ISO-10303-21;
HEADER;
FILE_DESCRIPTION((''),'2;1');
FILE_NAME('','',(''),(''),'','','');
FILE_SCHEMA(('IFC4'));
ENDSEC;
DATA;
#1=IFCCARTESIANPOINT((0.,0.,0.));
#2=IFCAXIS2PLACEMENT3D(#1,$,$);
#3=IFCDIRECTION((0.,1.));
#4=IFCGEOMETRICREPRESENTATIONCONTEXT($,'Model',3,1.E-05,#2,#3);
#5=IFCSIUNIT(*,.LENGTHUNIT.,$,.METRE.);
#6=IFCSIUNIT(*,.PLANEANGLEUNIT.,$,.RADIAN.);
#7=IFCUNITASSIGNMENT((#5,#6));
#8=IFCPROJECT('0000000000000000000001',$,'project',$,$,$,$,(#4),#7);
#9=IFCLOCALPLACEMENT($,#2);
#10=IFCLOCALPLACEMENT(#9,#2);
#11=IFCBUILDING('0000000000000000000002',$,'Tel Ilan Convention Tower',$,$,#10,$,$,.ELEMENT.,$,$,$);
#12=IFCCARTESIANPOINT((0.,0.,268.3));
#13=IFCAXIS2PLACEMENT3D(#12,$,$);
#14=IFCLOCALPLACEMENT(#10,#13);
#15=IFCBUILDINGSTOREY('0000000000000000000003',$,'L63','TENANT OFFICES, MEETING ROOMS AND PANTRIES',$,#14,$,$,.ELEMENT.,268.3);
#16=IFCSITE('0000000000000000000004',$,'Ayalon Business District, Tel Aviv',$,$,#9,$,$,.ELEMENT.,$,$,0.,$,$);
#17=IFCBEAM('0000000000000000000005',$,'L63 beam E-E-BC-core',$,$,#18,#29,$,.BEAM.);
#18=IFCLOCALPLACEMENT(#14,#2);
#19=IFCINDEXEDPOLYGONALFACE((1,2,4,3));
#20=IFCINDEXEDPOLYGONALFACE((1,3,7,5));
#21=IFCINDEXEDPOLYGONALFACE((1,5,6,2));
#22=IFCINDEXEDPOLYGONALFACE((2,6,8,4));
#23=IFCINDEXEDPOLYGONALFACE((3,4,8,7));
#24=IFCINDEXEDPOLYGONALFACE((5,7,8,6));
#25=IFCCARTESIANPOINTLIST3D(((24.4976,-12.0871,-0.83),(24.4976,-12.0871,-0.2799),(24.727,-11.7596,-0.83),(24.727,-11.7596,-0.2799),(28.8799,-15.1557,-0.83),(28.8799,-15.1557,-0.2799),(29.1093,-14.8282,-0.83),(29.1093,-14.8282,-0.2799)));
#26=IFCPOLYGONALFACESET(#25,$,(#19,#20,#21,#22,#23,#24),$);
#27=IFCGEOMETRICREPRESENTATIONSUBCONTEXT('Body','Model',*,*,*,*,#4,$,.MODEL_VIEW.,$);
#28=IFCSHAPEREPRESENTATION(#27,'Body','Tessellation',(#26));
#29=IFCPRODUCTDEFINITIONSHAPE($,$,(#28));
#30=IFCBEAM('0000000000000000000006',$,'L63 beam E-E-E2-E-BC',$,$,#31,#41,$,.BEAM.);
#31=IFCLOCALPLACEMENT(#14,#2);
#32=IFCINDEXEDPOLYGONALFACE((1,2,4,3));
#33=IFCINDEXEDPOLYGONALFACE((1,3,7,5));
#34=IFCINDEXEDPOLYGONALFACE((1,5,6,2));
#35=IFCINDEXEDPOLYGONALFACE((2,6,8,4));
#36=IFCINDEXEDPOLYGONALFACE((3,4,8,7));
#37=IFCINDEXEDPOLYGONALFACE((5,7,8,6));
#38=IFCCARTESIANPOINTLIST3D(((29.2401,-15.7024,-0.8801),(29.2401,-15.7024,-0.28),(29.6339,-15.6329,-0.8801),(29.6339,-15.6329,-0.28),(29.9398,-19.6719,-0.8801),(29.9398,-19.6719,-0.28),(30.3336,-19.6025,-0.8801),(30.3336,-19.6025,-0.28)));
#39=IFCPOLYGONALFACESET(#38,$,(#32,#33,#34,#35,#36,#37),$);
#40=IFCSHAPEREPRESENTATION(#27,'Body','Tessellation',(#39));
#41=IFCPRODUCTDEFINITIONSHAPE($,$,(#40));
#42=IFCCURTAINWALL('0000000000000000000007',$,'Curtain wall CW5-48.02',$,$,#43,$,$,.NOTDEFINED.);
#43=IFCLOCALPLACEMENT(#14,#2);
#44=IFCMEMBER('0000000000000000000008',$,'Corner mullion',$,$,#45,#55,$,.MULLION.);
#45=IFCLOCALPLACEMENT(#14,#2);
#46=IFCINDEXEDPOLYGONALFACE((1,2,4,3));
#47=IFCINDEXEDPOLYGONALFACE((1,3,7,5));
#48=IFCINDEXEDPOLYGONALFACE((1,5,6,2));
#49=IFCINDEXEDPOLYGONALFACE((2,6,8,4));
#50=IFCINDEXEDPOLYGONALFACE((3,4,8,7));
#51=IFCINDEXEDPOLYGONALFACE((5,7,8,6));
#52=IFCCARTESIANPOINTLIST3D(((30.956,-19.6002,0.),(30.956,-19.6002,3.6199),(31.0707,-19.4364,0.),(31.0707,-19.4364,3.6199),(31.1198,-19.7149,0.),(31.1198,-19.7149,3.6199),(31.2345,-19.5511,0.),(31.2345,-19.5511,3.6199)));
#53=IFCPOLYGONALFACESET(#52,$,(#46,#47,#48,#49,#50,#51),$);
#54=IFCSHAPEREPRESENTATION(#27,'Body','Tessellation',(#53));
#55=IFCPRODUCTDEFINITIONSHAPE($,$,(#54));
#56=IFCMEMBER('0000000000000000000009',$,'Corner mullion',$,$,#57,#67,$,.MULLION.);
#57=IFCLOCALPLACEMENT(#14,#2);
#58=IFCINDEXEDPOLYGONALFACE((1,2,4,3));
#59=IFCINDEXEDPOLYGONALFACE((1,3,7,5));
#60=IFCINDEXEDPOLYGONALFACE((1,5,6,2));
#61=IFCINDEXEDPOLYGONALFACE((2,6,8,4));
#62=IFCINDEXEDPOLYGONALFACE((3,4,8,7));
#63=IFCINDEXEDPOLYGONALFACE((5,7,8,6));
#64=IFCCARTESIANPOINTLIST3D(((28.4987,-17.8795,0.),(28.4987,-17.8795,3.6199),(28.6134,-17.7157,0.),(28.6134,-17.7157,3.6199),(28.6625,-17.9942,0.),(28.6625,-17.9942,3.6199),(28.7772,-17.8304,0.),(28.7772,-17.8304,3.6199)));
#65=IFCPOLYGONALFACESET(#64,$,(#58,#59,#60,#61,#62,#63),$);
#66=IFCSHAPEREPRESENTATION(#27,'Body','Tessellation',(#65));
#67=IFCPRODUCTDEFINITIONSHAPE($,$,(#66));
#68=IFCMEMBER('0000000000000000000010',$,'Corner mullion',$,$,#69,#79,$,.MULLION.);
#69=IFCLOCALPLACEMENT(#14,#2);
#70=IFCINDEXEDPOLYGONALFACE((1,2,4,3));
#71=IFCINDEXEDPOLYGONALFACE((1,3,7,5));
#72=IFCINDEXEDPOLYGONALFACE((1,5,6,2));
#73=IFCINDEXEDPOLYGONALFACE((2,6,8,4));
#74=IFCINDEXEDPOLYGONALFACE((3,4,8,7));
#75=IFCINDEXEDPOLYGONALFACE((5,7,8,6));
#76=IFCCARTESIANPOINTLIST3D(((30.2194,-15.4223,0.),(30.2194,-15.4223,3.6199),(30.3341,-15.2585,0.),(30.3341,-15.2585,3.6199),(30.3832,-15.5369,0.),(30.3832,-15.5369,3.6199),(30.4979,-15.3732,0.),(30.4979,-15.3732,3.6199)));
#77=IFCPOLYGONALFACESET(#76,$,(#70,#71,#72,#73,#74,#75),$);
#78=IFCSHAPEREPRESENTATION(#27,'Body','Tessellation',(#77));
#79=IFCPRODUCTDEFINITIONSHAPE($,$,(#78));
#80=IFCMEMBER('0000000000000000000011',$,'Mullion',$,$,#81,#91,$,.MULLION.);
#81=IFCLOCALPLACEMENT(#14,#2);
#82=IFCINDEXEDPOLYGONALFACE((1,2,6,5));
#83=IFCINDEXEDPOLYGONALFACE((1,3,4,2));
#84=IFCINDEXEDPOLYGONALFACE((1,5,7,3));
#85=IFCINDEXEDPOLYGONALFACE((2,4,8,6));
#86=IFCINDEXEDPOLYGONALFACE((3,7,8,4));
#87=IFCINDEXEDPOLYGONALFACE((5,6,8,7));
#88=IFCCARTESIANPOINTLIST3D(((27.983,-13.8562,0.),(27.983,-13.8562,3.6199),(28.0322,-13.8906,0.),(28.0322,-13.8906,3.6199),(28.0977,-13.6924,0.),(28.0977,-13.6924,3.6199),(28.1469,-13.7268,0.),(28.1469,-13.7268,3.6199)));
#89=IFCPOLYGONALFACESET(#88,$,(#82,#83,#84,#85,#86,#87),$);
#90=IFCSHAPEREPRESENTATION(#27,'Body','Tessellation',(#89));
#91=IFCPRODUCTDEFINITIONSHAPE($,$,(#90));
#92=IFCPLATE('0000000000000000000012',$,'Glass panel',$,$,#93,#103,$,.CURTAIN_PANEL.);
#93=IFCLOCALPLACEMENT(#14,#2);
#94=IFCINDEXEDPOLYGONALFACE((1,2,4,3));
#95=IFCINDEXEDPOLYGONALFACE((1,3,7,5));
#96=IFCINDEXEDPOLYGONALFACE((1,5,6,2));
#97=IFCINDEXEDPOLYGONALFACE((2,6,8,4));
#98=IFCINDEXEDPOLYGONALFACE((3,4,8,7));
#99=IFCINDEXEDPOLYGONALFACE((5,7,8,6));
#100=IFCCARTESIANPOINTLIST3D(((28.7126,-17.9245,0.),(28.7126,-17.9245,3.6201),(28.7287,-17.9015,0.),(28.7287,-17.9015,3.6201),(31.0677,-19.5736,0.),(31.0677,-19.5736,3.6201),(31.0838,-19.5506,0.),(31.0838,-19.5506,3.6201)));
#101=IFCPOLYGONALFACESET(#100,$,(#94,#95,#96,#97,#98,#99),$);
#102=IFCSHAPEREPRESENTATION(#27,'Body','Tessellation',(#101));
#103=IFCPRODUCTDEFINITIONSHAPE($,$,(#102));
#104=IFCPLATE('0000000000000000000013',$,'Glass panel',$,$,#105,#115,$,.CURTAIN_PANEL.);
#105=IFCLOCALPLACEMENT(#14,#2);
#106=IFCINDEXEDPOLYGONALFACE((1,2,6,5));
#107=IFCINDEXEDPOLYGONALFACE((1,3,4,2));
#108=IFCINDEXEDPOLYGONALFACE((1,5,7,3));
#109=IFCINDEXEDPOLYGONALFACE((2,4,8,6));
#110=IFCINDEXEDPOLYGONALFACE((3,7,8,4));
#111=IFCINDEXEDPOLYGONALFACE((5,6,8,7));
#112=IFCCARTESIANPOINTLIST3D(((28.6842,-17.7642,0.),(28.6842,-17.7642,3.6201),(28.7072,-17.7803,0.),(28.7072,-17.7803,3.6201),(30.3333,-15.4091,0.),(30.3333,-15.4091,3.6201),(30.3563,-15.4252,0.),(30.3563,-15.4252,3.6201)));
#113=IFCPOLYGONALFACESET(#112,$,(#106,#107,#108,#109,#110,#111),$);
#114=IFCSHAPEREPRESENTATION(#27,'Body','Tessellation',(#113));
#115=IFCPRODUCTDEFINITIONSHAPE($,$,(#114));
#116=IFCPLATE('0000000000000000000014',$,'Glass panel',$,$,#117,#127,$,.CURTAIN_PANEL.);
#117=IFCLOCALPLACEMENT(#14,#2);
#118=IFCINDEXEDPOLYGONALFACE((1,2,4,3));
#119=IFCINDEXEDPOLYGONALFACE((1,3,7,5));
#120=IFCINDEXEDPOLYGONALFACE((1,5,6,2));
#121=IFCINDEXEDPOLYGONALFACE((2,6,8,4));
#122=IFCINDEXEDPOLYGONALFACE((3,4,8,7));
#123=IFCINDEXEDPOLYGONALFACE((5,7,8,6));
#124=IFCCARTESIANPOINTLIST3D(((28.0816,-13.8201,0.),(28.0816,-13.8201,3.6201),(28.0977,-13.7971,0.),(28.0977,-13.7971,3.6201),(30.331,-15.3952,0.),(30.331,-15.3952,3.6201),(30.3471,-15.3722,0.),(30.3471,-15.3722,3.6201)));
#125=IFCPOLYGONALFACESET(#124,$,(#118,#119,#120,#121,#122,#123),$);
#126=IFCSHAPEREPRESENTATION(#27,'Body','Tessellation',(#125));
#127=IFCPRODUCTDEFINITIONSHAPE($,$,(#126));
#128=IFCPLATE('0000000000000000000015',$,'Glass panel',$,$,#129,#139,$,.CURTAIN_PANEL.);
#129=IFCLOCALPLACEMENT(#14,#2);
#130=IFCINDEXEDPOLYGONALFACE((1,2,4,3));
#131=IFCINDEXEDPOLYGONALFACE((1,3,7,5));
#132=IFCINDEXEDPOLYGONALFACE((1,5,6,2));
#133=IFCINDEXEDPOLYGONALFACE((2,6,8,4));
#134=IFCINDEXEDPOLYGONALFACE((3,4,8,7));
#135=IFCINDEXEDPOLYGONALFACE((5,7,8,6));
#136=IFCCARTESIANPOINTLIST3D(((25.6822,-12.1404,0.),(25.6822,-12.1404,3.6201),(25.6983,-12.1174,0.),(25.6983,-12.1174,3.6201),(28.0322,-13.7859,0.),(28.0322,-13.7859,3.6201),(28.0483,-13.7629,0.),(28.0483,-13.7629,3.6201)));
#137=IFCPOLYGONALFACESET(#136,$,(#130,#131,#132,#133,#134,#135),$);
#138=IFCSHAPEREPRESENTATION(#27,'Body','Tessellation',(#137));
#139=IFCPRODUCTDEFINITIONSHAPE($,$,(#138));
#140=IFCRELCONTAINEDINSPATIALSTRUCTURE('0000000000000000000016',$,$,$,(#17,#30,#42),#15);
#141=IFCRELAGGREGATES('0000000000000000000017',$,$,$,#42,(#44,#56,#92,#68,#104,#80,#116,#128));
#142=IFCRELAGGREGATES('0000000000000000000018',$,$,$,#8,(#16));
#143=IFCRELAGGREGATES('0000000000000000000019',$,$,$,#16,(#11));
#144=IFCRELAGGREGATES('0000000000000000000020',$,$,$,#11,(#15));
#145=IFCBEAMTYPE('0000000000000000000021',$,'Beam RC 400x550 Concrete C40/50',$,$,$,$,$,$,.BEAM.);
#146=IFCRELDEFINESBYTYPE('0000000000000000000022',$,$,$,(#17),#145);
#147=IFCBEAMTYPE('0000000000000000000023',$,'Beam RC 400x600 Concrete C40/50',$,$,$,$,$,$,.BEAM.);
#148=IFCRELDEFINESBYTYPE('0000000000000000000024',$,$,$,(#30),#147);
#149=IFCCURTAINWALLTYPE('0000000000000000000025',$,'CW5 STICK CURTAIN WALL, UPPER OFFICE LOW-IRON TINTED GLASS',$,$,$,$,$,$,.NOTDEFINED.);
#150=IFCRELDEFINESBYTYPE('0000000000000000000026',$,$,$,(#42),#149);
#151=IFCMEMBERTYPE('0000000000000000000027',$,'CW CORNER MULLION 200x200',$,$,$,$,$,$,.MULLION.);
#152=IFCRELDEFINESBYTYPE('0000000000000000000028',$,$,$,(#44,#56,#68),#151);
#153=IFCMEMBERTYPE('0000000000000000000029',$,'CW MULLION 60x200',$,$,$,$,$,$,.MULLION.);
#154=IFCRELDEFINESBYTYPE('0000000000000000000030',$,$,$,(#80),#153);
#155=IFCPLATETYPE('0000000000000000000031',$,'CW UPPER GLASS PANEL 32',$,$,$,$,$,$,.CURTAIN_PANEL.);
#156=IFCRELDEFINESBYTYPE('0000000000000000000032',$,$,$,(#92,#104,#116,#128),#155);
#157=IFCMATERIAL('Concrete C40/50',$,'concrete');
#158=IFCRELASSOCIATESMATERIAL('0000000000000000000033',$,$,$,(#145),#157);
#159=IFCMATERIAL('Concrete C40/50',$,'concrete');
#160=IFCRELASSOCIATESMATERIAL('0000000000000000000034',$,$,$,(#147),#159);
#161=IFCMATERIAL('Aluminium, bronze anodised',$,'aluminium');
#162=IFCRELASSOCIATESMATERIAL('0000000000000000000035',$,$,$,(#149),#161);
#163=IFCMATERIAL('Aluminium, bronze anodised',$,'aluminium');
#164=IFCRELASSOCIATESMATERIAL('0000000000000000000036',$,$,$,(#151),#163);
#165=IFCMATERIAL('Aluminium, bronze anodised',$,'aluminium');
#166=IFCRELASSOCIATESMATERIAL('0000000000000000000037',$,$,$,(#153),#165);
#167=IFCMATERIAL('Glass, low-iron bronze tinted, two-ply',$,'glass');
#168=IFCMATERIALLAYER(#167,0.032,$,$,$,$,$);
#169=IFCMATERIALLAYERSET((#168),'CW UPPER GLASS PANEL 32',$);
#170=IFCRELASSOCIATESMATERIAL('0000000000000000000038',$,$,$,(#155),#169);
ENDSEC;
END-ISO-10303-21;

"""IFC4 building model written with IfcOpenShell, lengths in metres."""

from ifc_helpers import new_model, si_unit, direction, frame, origin, origin_2d, place, context, subcontext, project, spatial, rectangle, extrude, material, layer, layer_set, material_profile, profile_set, type_object, element, aggregate, save


model = new_model("IFC4")

# Units and contexts
model_context = context("Model", 3, precision=1e-05, world=origin(), true_north=direction((0.0, 1.0)))
body_context = subcontext(model_context, "Body", "Model", "MODEL_VIEW")
ifc_project = project(units=[si_unit("LENGTHUNIT", "METRE"), si_unit("PLANEANGLEUNIT", "RADIAN")], contexts=[model_context])

# Site, building, storey
site_placement = place(None, origin())
site = spatial("IfcSite", under=ifc_project, at=site_placement, Name="Ayalon Business District, Tel Aviv", CompositionType="ELEMENT", RefElevation=0.0)
building_placement = place(site_placement, origin())
building = spatial("IfcBuilding", under=site, at=building_placement, Name="Tel Ilan Convention Tower", CompositionType="ELEMENT")
storey_placement = place(building_placement, frame((0.0, 0.0, 268.3)))
storey = spatial("IfcBuildingStorey", under=building, at=storey_placement, Name="L63", Description="TENANT OFFICES, MEETING ROOMS AND PANTRIES", CompositionType="ELEMENT", Elevation=268.3)

# Beams
ifc_material_1 = material(Name="Concrete C40/50", Category="concrete")
ifc_material_profile_1 = material_profile(ifc_material_1, rectangle(XDim=0.3999, YDim=0.55, at=origin_2d()), Name="RC 400x550")
ifc_profile_set_1 = profile_set([ifc_material_profile_1], Name="Concrete C40/50")
beam_type_1 = type_object("IfcBeamType", Name="Beam RC 400x550 Concrete C40/50", PredefinedType="BEAM", material=ifc_profile_set_1)
beam_1_placement = place(storey_placement, frame((28.9946, -14.9919, -0.5549), z_axis=(-0.819146, 0.573585, 0.0), x_axis=(-0.573585, -0.819146, 0.0)))
element("IfcBeam", 1, at=beam_1_placement, inside=storey, type_object=beam_type_1, Name="L63 beam E-E-BC-core", PredefinedType="BEAM", context=body_context, shape_type="SweptSolid", body=[
    extrude(rectangle(XDim=0.3999, YDim=0.55, at=origin_2d()), origin(), (0.0, 0.0, 1.0), 5.3499),
])
ifc_material_2 = material(Name="Concrete C40/50", Category="concrete")
ifc_material_profile_2 = material_profile(ifc_material_2, rectangle(XDim=0.3999, YDim=0.6001, at=origin_2d()), Name="RC 400x600")
ifc_profile_set_2 = profile_set([ifc_material_profile_2], Name="Concrete C40/50")
beam_type_2 = type_object("IfcBeamType", Name="Beam RC 400x600 Concrete C40/50", PredefinedType="BEAM", material=ifc_profile_set_2)
beam_2_placement = place(storey_placement, frame((30.1367, -19.6372, -0.5801), z_axis=(-0.173595, 0.984817, 0.0), x_axis=(-0.984817, -0.173595, 0.0)))
element("IfcBeam", 2, at=beam_2_placement, inside=storey, type_object=beam_type_2, Name="L63 beam E-E-E2-E-BC", PredefinedType="BEAM", context=body_context, shape_type="SweptSolid", body=[
    extrude(rectangle(XDim=0.3999, YDim=0.6001, at=origin_2d()), origin(), (0.0, 0.0, 1.0), 4.0308),
])

# Curtain wall, members, plates
ifc_material_3 = material(Name="Aluminium, bronze anodised", Category="aluminium")
curtain_wall_type = type_object("IfcCurtainWallType", Name="CW5 STICK CURTAIN WALL, UPPER OFFICE LOW-IRON TINTED GLASS", PredefinedType="NOTDEFINED", material=ifc_material_3)
curtain_wall_placement = place(storey_placement, origin())
curtain_wall = element("IfcCurtainWall", 3, at=curtain_wall_placement, inside=storey, type_object=curtain_wall_type, Name="Curtain wall CW5-48.02", PredefinedType="NOTDEFINED")
ifc_material_4 = material(Name="Aluminium, bronze anodised", Category="aluminium")
ifc_material_profile_3 = material_profile(ifc_material_4, rectangle(XDim=0.2, YDim=0.2, at=origin_2d()), Name="CW CORNER MULLION 200x200")
ifc_profile_set_3 = profile_set([ifc_material_profile_3], Name="Aluminium, bronze anodised")
member_type_1 = type_object("IfcMemberType", Name="CW CORNER MULLION 200x200", PredefinedType="MULLION", material=ifc_profile_set_3)
member_1_placement = place(storey_placement, frame((31.0952, -19.5757, 0.0), z_axis=(0.0, 0.0, 1.0), x_axis=(0.573576, 0.819152, 0.0)))
member_1 = element("IfcMember", 4, at=member_1_placement, type_object=member_type_1, Name="Corner mullion", PredefinedType="MULLION", context=body_context, shape_type="SweptSolid", body=[
    extrude(rectangle(XDim=0.2, YDim=0.2, at=origin_2d()), origin(), (0.0, 0.0, 1.0), 3.6199),
])
member_2_placement = place(storey_placement, frame((28.6379, -17.855, 0.0), z_axis=(0.0, 0.0, 1.0), x_axis=(-0.819152, 0.573576, 0.0)))
member_2 = element("IfcMember", 5, at=member_2_placement, type_object=member_type_1, Name="Corner mullion", PredefinedType="MULLION", context=body_context, shape_type="SweptSolid", body=[
    extrude(rectangle(XDim=0.2, YDim=0.2, at=origin_2d()), origin(), (0.0, 0.0, 1.0), 3.6199),
])
member_3_placement = place(storey_placement, frame((30.3586, -15.3977, 0.0), z_axis=(0.0, 0.0, 1.0), x_axis=(0.573576, 0.819152, 0.0)))
member_3 = element("IfcMember", 6, at=member_3_placement, type_object=member_type_1, Name="Corner mullion", PredefinedType="MULLION", context=body_context, shape_type="SweptSolid", body=[
    extrude(rectangle(XDim=0.2, YDim=0.2, at=origin_2d()), origin(), (0.0, 0.0, 1.0), 3.6199),
])
ifc_material_5 = material(Name="Aluminium, bronze anodised", Category="aluminium")
ifc_material_profile_4 = material_profile(ifc_material_5, rectangle(XDim=0.0601, YDim=0.2, at=origin_2d()), Name="CW MULLION 60x200")
ifc_profile_set_4 = profile_set([ifc_material_profile_4], Name="Aluminium, bronze anodised")
member_type_2 = type_object("IfcMemberType", Name="CW MULLION 60x200", PredefinedType="MULLION", material=ifc_profile_set_4)
member_4_placement = place(storey_placement, frame((28.0649, -13.7915, 0.0), z_axis=(0.0, 0.0, 1.0), x_axis=(-0.819152, 0.573576, 0.0)))
member_4 = element("IfcMember", 7, at=member_4_placement, type_object=member_type_2, Name="Mullion", PredefinedType="MULLION", context=body_context, shape_type="SweptSolid", body=[
    extrude(rectangle(XDim=0.0601, YDim=0.2, at=origin_2d()), origin(), (0.0, 0.0, 1.0), 3.6199),
])
ifc_material_6 = material(Name="Glass, low-iron bronze tinted, two-ply", Category="glass")
ifc_layer_1 = layer(ifc_material_6, 0.032)
ifc_layer_set_1 = layer_set([ifc_layer_1], Name="CW UPPER GLASS PANEL 32")
plate_type = type_object("IfcPlateType", Name="CW UPPER GLASS PANEL 32", PredefinedType="CURTAIN_PANEL", material=ifc_layer_set_1)
plate_1_placement = place(storey_placement, frame((29.8982, -18.7375, 0.0), z_axis=(0.0, 0.0, 1.0), x_axis=(-0.819152, 0.573576, 0.0)))
plate_1 = element("IfcPlate", 8, at=plate_1_placement, type_object=plate_type, Name="Glass panel", PredefinedType="CURTAIN_PANEL", context=body_context, shape_type="SweptSolid", body=[
    extrude(rectangle(XDim=2.875, YDim=0.0281, at=origin_2d()), origin(), (0.0, 0.0, 1.0), 3.6201),
])
plate_2_placement = place(storey_placement, frame((29.5203, -16.5947, 0.0), z_axis=(0.0, 0.0, 1.0), x_axis=(0.573576, 0.819152, 0.0)))
plate_2 = element("IfcPlate", 9, at=plate_2_placement, type_object=plate_type, Name="Glass panel", PredefinedType="CURTAIN_PANEL", context=body_context, shape_type="SweptSolid", body=[
    extrude(rectangle(XDim=2.875, YDim=0.0281, at=origin_2d()), origin(), (0.0, 0.0, 1.0), 3.6201),
])
plate_3_placement = place(storey_placement, frame((29.2144, -14.5962, 0.0), z_axis=(0.0, 0.0, 1.0), x_axis=(-0.819152, 0.573576, 0.0)))
plate_3 = element("IfcPlate", 10, at=plate_3_placement, type_object=plate_type, Name="Glass panel", PredefinedType="CURTAIN_PANEL", context=body_context, shape_type="SweptSolid", body=[
    extrude(rectangle(XDim=2.7461, YDim=0.0281, at=origin_2d()), origin(), (0.0, 0.0, 1.0), 3.6201),
])
plate_4_placement = place(storey_placement, frame((26.8652, -12.9517, 0.0), z_axis=(0.0, 0.0, 1.0), x_axis=(-0.819152, 0.573576, 0.0)))
plate_4 = element("IfcPlate", 11, at=plate_4_placement, type_object=plate_type, Name="Glass panel", PredefinedType="CURTAIN_PANEL", context=body_context, shape_type="SweptSolid", body=[
    extrude(rectangle(XDim=2.8689, YDim=0.0281, at=origin_2d()), origin(), (0.0, 0.0, 1.0), 3.6201),
])
aggregate(curtain_wall, [member_1, member_2, plate_1, member_3, plate_2, member_4, plate_3, plate_4])

save(model, "model.ifc")
